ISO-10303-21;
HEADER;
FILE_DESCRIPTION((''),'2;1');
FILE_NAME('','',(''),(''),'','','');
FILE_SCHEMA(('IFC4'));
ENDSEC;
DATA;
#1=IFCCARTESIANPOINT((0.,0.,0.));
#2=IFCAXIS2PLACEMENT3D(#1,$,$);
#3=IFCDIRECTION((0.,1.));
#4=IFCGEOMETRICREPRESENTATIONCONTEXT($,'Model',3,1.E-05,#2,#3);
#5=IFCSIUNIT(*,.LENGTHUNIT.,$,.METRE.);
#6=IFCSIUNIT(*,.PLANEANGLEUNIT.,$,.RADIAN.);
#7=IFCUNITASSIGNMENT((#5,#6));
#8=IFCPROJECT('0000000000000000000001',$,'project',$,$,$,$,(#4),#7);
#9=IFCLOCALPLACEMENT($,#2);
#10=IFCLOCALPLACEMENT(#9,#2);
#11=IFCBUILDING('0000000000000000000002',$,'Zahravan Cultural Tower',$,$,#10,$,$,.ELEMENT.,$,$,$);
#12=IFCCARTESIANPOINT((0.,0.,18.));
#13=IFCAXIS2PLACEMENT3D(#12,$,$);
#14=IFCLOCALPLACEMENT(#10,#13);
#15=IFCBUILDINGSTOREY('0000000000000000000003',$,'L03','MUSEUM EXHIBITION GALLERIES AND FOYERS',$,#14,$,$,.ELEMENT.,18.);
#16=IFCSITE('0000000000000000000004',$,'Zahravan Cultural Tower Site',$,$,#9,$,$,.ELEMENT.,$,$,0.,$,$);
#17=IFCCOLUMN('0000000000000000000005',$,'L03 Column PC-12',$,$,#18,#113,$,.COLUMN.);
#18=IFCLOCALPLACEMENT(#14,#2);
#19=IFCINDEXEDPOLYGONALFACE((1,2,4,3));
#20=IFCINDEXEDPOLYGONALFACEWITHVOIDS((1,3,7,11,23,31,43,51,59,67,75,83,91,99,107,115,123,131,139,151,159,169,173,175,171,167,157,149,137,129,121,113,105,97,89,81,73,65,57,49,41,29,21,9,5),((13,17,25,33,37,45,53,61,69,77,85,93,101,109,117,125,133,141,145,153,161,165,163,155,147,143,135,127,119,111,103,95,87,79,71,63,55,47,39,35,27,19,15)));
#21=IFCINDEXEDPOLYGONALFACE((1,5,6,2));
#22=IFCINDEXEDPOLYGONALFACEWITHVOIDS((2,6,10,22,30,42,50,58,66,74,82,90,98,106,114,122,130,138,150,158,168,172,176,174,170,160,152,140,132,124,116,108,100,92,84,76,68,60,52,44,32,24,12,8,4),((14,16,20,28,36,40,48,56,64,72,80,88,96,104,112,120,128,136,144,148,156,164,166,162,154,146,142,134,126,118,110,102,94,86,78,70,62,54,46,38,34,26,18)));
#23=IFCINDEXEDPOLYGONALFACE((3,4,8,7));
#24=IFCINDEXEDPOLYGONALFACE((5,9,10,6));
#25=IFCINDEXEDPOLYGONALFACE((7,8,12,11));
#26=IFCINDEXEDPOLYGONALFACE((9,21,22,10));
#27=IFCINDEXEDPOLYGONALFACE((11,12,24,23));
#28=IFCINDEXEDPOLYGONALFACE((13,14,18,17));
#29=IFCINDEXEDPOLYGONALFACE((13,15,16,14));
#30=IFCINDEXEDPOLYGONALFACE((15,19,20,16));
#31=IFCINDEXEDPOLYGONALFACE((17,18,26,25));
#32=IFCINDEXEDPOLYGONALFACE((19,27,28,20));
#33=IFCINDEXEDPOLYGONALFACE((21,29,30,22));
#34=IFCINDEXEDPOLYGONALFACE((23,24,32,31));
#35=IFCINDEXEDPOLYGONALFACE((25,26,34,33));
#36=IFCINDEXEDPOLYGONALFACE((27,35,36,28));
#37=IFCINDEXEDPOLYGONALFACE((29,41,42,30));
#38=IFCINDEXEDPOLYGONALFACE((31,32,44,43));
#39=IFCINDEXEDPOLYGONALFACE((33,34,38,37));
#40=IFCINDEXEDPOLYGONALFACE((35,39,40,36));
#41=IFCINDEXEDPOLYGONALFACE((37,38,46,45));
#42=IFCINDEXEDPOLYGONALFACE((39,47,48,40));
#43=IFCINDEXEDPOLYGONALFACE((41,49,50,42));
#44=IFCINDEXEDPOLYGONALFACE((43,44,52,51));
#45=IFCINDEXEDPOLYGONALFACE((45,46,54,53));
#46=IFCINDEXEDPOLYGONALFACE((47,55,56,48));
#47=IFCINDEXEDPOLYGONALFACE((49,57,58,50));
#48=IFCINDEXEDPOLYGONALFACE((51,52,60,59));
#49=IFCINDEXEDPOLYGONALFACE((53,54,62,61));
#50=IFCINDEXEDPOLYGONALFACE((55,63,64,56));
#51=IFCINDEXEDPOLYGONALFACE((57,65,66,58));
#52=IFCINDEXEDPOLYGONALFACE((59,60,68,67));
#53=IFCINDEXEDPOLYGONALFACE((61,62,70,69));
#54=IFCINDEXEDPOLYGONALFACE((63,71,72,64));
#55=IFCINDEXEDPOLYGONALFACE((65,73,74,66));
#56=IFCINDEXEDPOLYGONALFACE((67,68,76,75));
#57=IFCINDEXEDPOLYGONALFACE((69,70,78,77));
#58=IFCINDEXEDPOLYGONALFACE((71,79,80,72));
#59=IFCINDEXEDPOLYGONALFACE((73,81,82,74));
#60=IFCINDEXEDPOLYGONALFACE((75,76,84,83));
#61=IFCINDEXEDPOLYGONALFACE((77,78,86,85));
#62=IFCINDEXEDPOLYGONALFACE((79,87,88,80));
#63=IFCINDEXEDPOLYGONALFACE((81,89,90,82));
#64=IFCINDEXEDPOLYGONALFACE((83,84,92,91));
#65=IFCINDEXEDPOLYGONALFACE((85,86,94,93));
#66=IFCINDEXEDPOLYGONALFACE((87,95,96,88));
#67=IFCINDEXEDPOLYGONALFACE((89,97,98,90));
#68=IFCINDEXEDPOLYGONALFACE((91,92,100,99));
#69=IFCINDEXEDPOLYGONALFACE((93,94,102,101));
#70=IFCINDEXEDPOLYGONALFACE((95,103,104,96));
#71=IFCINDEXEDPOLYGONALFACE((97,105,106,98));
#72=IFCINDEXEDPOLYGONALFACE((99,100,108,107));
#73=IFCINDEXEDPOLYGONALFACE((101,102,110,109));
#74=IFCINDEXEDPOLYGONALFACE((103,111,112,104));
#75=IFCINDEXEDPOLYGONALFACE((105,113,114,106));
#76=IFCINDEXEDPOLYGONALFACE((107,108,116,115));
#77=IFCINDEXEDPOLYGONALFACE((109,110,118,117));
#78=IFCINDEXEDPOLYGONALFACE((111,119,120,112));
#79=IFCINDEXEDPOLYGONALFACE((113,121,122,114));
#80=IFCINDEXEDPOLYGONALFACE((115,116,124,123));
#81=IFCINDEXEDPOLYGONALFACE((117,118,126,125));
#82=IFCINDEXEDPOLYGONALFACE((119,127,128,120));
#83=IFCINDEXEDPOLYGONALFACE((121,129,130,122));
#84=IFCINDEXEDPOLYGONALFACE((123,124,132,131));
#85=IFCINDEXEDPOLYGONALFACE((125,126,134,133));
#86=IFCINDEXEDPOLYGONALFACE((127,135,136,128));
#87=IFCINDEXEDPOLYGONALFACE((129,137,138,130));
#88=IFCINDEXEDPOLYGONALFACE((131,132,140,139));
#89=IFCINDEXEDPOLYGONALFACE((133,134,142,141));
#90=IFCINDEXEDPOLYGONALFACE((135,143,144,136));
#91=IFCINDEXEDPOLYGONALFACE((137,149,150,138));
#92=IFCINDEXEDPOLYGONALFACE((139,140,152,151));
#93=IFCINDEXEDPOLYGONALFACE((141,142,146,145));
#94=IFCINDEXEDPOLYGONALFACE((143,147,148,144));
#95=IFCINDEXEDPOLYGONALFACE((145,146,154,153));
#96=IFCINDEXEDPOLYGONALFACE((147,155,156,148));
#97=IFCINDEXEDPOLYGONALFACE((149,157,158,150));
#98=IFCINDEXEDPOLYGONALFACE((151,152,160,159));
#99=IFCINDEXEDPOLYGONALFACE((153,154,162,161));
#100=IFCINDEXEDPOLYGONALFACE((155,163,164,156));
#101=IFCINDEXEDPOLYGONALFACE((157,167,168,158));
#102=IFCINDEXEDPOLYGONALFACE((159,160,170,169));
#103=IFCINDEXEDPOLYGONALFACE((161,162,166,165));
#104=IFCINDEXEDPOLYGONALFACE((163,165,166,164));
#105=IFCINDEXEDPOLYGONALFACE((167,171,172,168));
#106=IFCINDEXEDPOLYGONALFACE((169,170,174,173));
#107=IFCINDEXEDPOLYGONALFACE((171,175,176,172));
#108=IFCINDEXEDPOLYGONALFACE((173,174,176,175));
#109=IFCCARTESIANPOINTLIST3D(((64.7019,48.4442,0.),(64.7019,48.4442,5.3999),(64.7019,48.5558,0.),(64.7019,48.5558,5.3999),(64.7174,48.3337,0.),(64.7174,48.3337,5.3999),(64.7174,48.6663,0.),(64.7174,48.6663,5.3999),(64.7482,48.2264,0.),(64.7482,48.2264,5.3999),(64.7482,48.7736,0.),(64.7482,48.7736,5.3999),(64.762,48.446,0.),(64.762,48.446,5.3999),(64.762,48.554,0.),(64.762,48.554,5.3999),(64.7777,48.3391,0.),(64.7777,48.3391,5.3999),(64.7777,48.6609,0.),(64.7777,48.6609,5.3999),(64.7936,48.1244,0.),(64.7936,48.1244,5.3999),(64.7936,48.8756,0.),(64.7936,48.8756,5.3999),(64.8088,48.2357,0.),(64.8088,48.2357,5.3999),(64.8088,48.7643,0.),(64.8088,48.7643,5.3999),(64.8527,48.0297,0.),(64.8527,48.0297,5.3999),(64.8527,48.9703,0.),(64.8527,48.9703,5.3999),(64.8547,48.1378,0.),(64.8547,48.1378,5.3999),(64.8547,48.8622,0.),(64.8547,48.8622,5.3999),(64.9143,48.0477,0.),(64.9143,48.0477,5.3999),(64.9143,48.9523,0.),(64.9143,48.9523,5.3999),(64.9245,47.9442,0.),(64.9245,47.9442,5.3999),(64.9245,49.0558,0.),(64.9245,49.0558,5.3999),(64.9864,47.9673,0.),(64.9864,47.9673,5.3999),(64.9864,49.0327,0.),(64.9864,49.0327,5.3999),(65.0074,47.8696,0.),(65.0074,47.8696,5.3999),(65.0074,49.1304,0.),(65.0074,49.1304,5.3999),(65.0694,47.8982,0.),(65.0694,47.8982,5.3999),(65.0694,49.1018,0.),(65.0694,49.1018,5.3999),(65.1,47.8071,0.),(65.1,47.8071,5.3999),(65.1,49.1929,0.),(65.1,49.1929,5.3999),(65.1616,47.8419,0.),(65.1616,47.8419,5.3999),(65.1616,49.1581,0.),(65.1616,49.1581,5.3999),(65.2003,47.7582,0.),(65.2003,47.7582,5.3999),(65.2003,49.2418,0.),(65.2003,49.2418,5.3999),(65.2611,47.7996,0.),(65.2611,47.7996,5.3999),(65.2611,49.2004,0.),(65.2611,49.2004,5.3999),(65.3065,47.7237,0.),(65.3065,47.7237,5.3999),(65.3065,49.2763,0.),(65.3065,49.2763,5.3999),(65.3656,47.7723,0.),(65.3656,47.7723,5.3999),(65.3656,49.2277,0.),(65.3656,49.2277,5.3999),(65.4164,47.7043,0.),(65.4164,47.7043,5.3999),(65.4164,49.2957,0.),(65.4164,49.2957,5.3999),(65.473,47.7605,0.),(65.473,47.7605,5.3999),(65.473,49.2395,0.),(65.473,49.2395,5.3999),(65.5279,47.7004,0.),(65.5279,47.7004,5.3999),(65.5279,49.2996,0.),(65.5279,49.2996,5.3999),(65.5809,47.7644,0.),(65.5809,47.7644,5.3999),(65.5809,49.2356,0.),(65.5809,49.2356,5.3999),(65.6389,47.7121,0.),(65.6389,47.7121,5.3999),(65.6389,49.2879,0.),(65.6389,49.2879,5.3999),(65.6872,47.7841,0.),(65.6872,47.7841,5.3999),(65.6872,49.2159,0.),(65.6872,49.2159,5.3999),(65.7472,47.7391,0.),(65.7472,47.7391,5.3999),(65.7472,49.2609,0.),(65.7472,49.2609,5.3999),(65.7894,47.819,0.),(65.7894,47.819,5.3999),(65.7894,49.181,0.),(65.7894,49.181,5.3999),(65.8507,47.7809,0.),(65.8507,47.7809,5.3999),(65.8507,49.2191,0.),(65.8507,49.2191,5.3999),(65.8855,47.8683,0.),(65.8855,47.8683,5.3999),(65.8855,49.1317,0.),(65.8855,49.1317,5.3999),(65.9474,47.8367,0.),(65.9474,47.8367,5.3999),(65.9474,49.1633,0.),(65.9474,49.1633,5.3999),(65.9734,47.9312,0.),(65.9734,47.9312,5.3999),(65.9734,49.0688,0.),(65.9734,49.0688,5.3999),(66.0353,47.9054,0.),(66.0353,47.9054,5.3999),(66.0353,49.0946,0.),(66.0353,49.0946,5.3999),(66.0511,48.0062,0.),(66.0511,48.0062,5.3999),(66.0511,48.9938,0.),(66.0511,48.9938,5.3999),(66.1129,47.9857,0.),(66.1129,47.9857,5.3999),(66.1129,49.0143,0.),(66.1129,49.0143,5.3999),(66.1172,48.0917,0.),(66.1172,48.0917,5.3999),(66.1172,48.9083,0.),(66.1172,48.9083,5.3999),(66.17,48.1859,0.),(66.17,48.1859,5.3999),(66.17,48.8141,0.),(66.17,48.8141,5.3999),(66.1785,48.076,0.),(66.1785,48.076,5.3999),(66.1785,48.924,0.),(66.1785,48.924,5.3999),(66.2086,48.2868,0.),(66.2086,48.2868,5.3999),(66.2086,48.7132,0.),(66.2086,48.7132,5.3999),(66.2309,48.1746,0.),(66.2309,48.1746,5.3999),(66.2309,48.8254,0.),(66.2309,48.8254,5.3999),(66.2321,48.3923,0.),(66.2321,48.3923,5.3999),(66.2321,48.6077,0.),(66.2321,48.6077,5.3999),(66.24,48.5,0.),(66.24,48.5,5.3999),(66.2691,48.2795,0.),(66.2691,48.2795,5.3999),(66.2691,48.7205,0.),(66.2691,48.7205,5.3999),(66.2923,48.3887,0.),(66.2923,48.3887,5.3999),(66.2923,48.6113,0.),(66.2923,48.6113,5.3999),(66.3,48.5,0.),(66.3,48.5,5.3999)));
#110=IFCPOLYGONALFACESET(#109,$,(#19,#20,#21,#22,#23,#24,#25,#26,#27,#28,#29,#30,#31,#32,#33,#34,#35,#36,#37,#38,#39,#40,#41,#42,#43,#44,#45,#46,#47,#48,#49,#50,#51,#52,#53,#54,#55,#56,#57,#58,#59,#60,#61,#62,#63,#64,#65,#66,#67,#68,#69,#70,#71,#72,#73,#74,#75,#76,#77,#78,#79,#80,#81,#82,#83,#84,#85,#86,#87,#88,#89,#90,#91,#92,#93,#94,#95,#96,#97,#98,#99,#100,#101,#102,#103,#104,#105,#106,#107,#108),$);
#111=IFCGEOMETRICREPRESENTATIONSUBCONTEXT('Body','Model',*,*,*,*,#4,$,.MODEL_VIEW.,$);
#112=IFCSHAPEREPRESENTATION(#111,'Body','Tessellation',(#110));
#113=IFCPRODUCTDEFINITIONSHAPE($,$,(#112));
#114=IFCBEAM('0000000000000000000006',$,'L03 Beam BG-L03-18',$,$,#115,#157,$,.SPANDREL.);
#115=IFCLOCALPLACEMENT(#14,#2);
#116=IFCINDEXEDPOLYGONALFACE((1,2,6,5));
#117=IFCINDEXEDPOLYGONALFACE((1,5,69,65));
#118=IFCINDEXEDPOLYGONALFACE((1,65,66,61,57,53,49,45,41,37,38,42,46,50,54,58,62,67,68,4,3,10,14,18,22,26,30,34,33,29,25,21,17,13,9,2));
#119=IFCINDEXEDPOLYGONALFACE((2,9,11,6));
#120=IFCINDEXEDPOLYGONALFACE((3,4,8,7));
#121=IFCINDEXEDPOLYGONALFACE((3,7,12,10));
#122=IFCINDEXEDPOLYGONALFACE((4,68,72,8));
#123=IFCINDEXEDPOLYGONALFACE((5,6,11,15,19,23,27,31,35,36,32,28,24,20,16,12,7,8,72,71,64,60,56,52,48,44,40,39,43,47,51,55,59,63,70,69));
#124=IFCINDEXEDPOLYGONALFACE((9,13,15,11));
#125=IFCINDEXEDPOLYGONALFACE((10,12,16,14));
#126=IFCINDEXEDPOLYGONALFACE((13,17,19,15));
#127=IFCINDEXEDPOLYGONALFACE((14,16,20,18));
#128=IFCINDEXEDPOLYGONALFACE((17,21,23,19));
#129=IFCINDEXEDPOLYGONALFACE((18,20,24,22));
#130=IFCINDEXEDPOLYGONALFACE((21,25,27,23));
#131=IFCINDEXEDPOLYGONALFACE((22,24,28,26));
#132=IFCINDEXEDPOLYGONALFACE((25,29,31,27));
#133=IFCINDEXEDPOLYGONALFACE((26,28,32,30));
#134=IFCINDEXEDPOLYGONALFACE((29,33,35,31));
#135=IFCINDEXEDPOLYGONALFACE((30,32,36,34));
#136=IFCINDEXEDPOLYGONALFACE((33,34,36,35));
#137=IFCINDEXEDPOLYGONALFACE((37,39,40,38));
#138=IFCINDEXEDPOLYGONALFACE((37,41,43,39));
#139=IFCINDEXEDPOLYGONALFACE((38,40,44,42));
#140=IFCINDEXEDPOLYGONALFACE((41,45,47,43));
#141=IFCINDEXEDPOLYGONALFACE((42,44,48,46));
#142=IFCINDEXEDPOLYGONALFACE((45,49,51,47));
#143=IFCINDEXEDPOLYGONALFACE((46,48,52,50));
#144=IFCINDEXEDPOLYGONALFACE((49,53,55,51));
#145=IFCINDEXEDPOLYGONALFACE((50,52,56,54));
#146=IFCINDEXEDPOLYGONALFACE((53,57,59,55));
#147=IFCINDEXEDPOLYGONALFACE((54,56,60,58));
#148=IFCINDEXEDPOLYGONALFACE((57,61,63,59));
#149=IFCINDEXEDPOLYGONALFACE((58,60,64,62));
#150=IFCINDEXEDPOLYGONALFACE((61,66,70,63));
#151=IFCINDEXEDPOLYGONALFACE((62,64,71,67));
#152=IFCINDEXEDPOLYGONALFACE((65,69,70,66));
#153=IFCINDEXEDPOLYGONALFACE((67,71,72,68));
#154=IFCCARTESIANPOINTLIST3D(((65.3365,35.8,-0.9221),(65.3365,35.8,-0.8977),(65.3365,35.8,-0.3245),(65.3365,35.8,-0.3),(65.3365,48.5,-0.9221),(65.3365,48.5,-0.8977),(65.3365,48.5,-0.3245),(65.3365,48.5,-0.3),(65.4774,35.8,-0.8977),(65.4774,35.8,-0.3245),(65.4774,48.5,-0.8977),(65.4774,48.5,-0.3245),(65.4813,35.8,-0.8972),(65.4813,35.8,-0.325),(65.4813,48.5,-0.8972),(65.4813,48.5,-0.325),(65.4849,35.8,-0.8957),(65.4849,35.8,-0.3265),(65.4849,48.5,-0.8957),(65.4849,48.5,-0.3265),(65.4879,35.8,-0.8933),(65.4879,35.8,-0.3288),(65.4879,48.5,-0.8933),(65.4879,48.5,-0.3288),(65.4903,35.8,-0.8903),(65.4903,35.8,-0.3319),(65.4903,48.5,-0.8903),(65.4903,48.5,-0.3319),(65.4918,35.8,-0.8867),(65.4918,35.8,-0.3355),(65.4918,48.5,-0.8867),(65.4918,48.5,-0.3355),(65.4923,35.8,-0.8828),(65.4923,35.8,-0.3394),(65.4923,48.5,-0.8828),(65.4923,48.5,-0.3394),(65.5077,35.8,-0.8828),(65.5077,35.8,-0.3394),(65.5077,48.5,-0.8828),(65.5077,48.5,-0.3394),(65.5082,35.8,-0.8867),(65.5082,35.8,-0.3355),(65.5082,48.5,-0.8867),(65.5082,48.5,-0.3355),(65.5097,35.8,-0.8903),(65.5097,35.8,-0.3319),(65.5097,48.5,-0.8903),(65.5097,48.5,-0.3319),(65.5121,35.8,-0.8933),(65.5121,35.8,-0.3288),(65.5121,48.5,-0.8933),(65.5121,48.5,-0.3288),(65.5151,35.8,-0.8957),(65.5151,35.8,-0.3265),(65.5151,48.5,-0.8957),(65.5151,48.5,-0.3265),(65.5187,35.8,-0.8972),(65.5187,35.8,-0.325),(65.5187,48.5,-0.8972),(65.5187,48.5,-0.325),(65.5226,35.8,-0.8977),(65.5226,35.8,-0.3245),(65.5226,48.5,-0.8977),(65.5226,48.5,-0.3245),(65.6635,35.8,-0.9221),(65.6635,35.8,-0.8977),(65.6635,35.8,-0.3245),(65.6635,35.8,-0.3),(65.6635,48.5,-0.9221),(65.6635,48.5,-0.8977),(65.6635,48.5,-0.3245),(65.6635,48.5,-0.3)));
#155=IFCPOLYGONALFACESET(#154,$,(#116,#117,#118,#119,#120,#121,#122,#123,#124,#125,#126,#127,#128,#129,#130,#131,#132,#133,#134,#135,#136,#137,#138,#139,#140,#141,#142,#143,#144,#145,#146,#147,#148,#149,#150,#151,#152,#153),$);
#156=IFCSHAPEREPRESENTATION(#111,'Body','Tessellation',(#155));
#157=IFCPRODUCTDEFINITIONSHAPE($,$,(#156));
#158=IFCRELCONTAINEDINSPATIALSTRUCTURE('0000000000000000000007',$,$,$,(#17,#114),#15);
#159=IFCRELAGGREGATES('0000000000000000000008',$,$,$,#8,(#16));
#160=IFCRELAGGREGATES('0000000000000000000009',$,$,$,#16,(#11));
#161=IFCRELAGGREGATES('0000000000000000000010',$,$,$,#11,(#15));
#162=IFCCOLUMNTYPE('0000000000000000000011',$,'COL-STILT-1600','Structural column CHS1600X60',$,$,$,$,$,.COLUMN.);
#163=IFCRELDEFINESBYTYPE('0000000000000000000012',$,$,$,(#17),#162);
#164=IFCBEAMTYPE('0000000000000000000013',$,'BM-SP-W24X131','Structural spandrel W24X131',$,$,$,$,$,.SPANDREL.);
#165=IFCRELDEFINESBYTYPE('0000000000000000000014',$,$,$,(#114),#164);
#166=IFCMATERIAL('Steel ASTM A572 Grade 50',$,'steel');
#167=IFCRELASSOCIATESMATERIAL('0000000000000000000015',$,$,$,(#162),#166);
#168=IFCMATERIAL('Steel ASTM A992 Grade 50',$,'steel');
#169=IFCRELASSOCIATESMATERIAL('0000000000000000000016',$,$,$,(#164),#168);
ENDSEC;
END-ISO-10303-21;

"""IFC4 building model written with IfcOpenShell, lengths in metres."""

from ifc_helpers import new_model, si_unit, direction, frame, origin, origin_2d, place, context, subcontext, project, spatial, hollow_circle, i_section, extrude, source, transform, mapped, material, material_profile, profile_set, type_object, element, save


model = new_model("IFC4")

# Units and contexts
model_context = context("Model", 3, precision=1e-05, world=origin(), true_north=direction((0.0, 1.0)))
body_context = subcontext(model_context, "Body", "Model", "MODEL_VIEW")
ifc_project = project(units=[si_unit("LENGTHUNIT", "METRE"), si_unit("PLANEANGLEUNIT", "RADIAN")], contexts=[model_context])

# Site, building, storey
site_placement = place(None, origin())
site = spatial("IfcSite", under=ifc_project, at=site_placement, Name="Zahravan Cultural Tower Site", CompositionType="ELEMENT", RefElevation=0.0)
building_placement = place(site_placement, origin())
building = spatial("IfcBuilding", under=site, at=building_placement, Name="Zahravan Cultural Tower", CompositionType="ELEMENT")
storey_placement = place(building_placement, frame((0.0, 0.0, 18.0)))
storey = spatial("IfcBuildingStorey", under=building, at=storey_placement, Name="L03", Description="MUSEUM EXHIBITION GALLERIES AND FOYERS", CompositionType="ELEMENT", Elevation=18.0)

# Column
ifc_material_1 = material(Name="Steel ASTM A572 Grade 50", Category="steel")
ifc_material_profile_1 = material_profile(ifc_material_1, hollow_circle(Radius=0.8, WallThickness=0.0601, at=origin_2d()), Name="CHS1600X60")
ifc_profile_set_1 = profile_set([ifc_material_profile_1], Name="Steel ASTM A572 Grade 50")
column_type_1 = type_object("IfcColumnType", Name="COL-STILT-1600", Description="Structural column CHS1600X60", PredefinedType="COLUMN", material=ifc_profile_set_1)
shared_shape_1 = source(origin(), body_context, "Body", "SweptSolid", [
    extrude(hollow_circle(Radius=0.8, WallThickness=0.0601, at=origin_2d()), origin(), (0.0, 0.0, 1.0), 5.3999),
])
for number, where, z_axis, x_axis, name in (
    (1, (65.5, 48.5, 0.0), (0.0, 0.0, 1.0), (1.0, 0.0, 0.0), "L03 Column PC-12"),
):
    element("IfcColumn", number, at=place(storey_placement, frame(where, z_axis=z_axis, x_axis=x_axis)), inside=storey, type_object=column_type_1, Name=name, PredefinedType="COLUMN", context=body_context, shape_type="MappedRepresentation", body=[
        mapped(shared_shape_1, transform((0.0, 0.0, 0.0), x_axis=(1.0, 0.0, 0.0), y_axis=(0.0, 1.0, 0.0), z_axis=(0.0, 0.0, 1.0), scale=1.0)),
    ])

# Beam
ifc_material_2 = material(Name="Steel ASTM A992 Grade 50", Category="steel")
ifc_material_profile_2 = material_profile(ifc_material_2, i_section(OverallWidth=0.3269, OverallDepth=0.6221, WebThickness=0.0154, FlangeThickness=0.0244, FilletRadius=0.0149, at=origin_2d()), Name="W24X131")
ifc_profile_set_2 = profile_set([ifc_material_profile_2], Name="Steel ASTM A992 Grade 50")
beam_type_1 = type_object("IfcBeamType", Name="BM-SP-W24X131", Description="Structural spandrel W24X131", PredefinedType="SPANDREL", material=ifc_profile_set_2)
shared_shape_2 = source(origin(), body_context, "Body", "SweptSolid", [
    extrude(i_section(OverallWidth=0.3269, OverallDepth=0.6221, WebThickness=0.0154, FlangeThickness=0.0244, FilletRadius=0.0149, at=origin_2d()), origin(), (0.0, 0.0, 1.0), 12.7),
])
beam_1_placement = place(storey_placement, frame((65.5, 35.8, -0.6111), z_axis=(0.0, 1.0, 0.0), x_axis=(-1.0, 0.0, 0.0)))
element("IfcBeam", 2, at=beam_1_placement, inside=storey, type_object=beam_type_1, Name="L03 Beam BG-L03-18", PredefinedType="SPANDREL", context=body_context, shape_type="MappedRepresentation", body=[
    mapped(shared_shape_2, transform((0.0, 0.0, 0.0), x_axis=(1.0, 0.0, 0.0), y_axis=(0.0, 1.0, 0.0), z_axis=(0.0, 0.0, 1.0), scale=1.0)),
])

save(model, "model.ifc")
